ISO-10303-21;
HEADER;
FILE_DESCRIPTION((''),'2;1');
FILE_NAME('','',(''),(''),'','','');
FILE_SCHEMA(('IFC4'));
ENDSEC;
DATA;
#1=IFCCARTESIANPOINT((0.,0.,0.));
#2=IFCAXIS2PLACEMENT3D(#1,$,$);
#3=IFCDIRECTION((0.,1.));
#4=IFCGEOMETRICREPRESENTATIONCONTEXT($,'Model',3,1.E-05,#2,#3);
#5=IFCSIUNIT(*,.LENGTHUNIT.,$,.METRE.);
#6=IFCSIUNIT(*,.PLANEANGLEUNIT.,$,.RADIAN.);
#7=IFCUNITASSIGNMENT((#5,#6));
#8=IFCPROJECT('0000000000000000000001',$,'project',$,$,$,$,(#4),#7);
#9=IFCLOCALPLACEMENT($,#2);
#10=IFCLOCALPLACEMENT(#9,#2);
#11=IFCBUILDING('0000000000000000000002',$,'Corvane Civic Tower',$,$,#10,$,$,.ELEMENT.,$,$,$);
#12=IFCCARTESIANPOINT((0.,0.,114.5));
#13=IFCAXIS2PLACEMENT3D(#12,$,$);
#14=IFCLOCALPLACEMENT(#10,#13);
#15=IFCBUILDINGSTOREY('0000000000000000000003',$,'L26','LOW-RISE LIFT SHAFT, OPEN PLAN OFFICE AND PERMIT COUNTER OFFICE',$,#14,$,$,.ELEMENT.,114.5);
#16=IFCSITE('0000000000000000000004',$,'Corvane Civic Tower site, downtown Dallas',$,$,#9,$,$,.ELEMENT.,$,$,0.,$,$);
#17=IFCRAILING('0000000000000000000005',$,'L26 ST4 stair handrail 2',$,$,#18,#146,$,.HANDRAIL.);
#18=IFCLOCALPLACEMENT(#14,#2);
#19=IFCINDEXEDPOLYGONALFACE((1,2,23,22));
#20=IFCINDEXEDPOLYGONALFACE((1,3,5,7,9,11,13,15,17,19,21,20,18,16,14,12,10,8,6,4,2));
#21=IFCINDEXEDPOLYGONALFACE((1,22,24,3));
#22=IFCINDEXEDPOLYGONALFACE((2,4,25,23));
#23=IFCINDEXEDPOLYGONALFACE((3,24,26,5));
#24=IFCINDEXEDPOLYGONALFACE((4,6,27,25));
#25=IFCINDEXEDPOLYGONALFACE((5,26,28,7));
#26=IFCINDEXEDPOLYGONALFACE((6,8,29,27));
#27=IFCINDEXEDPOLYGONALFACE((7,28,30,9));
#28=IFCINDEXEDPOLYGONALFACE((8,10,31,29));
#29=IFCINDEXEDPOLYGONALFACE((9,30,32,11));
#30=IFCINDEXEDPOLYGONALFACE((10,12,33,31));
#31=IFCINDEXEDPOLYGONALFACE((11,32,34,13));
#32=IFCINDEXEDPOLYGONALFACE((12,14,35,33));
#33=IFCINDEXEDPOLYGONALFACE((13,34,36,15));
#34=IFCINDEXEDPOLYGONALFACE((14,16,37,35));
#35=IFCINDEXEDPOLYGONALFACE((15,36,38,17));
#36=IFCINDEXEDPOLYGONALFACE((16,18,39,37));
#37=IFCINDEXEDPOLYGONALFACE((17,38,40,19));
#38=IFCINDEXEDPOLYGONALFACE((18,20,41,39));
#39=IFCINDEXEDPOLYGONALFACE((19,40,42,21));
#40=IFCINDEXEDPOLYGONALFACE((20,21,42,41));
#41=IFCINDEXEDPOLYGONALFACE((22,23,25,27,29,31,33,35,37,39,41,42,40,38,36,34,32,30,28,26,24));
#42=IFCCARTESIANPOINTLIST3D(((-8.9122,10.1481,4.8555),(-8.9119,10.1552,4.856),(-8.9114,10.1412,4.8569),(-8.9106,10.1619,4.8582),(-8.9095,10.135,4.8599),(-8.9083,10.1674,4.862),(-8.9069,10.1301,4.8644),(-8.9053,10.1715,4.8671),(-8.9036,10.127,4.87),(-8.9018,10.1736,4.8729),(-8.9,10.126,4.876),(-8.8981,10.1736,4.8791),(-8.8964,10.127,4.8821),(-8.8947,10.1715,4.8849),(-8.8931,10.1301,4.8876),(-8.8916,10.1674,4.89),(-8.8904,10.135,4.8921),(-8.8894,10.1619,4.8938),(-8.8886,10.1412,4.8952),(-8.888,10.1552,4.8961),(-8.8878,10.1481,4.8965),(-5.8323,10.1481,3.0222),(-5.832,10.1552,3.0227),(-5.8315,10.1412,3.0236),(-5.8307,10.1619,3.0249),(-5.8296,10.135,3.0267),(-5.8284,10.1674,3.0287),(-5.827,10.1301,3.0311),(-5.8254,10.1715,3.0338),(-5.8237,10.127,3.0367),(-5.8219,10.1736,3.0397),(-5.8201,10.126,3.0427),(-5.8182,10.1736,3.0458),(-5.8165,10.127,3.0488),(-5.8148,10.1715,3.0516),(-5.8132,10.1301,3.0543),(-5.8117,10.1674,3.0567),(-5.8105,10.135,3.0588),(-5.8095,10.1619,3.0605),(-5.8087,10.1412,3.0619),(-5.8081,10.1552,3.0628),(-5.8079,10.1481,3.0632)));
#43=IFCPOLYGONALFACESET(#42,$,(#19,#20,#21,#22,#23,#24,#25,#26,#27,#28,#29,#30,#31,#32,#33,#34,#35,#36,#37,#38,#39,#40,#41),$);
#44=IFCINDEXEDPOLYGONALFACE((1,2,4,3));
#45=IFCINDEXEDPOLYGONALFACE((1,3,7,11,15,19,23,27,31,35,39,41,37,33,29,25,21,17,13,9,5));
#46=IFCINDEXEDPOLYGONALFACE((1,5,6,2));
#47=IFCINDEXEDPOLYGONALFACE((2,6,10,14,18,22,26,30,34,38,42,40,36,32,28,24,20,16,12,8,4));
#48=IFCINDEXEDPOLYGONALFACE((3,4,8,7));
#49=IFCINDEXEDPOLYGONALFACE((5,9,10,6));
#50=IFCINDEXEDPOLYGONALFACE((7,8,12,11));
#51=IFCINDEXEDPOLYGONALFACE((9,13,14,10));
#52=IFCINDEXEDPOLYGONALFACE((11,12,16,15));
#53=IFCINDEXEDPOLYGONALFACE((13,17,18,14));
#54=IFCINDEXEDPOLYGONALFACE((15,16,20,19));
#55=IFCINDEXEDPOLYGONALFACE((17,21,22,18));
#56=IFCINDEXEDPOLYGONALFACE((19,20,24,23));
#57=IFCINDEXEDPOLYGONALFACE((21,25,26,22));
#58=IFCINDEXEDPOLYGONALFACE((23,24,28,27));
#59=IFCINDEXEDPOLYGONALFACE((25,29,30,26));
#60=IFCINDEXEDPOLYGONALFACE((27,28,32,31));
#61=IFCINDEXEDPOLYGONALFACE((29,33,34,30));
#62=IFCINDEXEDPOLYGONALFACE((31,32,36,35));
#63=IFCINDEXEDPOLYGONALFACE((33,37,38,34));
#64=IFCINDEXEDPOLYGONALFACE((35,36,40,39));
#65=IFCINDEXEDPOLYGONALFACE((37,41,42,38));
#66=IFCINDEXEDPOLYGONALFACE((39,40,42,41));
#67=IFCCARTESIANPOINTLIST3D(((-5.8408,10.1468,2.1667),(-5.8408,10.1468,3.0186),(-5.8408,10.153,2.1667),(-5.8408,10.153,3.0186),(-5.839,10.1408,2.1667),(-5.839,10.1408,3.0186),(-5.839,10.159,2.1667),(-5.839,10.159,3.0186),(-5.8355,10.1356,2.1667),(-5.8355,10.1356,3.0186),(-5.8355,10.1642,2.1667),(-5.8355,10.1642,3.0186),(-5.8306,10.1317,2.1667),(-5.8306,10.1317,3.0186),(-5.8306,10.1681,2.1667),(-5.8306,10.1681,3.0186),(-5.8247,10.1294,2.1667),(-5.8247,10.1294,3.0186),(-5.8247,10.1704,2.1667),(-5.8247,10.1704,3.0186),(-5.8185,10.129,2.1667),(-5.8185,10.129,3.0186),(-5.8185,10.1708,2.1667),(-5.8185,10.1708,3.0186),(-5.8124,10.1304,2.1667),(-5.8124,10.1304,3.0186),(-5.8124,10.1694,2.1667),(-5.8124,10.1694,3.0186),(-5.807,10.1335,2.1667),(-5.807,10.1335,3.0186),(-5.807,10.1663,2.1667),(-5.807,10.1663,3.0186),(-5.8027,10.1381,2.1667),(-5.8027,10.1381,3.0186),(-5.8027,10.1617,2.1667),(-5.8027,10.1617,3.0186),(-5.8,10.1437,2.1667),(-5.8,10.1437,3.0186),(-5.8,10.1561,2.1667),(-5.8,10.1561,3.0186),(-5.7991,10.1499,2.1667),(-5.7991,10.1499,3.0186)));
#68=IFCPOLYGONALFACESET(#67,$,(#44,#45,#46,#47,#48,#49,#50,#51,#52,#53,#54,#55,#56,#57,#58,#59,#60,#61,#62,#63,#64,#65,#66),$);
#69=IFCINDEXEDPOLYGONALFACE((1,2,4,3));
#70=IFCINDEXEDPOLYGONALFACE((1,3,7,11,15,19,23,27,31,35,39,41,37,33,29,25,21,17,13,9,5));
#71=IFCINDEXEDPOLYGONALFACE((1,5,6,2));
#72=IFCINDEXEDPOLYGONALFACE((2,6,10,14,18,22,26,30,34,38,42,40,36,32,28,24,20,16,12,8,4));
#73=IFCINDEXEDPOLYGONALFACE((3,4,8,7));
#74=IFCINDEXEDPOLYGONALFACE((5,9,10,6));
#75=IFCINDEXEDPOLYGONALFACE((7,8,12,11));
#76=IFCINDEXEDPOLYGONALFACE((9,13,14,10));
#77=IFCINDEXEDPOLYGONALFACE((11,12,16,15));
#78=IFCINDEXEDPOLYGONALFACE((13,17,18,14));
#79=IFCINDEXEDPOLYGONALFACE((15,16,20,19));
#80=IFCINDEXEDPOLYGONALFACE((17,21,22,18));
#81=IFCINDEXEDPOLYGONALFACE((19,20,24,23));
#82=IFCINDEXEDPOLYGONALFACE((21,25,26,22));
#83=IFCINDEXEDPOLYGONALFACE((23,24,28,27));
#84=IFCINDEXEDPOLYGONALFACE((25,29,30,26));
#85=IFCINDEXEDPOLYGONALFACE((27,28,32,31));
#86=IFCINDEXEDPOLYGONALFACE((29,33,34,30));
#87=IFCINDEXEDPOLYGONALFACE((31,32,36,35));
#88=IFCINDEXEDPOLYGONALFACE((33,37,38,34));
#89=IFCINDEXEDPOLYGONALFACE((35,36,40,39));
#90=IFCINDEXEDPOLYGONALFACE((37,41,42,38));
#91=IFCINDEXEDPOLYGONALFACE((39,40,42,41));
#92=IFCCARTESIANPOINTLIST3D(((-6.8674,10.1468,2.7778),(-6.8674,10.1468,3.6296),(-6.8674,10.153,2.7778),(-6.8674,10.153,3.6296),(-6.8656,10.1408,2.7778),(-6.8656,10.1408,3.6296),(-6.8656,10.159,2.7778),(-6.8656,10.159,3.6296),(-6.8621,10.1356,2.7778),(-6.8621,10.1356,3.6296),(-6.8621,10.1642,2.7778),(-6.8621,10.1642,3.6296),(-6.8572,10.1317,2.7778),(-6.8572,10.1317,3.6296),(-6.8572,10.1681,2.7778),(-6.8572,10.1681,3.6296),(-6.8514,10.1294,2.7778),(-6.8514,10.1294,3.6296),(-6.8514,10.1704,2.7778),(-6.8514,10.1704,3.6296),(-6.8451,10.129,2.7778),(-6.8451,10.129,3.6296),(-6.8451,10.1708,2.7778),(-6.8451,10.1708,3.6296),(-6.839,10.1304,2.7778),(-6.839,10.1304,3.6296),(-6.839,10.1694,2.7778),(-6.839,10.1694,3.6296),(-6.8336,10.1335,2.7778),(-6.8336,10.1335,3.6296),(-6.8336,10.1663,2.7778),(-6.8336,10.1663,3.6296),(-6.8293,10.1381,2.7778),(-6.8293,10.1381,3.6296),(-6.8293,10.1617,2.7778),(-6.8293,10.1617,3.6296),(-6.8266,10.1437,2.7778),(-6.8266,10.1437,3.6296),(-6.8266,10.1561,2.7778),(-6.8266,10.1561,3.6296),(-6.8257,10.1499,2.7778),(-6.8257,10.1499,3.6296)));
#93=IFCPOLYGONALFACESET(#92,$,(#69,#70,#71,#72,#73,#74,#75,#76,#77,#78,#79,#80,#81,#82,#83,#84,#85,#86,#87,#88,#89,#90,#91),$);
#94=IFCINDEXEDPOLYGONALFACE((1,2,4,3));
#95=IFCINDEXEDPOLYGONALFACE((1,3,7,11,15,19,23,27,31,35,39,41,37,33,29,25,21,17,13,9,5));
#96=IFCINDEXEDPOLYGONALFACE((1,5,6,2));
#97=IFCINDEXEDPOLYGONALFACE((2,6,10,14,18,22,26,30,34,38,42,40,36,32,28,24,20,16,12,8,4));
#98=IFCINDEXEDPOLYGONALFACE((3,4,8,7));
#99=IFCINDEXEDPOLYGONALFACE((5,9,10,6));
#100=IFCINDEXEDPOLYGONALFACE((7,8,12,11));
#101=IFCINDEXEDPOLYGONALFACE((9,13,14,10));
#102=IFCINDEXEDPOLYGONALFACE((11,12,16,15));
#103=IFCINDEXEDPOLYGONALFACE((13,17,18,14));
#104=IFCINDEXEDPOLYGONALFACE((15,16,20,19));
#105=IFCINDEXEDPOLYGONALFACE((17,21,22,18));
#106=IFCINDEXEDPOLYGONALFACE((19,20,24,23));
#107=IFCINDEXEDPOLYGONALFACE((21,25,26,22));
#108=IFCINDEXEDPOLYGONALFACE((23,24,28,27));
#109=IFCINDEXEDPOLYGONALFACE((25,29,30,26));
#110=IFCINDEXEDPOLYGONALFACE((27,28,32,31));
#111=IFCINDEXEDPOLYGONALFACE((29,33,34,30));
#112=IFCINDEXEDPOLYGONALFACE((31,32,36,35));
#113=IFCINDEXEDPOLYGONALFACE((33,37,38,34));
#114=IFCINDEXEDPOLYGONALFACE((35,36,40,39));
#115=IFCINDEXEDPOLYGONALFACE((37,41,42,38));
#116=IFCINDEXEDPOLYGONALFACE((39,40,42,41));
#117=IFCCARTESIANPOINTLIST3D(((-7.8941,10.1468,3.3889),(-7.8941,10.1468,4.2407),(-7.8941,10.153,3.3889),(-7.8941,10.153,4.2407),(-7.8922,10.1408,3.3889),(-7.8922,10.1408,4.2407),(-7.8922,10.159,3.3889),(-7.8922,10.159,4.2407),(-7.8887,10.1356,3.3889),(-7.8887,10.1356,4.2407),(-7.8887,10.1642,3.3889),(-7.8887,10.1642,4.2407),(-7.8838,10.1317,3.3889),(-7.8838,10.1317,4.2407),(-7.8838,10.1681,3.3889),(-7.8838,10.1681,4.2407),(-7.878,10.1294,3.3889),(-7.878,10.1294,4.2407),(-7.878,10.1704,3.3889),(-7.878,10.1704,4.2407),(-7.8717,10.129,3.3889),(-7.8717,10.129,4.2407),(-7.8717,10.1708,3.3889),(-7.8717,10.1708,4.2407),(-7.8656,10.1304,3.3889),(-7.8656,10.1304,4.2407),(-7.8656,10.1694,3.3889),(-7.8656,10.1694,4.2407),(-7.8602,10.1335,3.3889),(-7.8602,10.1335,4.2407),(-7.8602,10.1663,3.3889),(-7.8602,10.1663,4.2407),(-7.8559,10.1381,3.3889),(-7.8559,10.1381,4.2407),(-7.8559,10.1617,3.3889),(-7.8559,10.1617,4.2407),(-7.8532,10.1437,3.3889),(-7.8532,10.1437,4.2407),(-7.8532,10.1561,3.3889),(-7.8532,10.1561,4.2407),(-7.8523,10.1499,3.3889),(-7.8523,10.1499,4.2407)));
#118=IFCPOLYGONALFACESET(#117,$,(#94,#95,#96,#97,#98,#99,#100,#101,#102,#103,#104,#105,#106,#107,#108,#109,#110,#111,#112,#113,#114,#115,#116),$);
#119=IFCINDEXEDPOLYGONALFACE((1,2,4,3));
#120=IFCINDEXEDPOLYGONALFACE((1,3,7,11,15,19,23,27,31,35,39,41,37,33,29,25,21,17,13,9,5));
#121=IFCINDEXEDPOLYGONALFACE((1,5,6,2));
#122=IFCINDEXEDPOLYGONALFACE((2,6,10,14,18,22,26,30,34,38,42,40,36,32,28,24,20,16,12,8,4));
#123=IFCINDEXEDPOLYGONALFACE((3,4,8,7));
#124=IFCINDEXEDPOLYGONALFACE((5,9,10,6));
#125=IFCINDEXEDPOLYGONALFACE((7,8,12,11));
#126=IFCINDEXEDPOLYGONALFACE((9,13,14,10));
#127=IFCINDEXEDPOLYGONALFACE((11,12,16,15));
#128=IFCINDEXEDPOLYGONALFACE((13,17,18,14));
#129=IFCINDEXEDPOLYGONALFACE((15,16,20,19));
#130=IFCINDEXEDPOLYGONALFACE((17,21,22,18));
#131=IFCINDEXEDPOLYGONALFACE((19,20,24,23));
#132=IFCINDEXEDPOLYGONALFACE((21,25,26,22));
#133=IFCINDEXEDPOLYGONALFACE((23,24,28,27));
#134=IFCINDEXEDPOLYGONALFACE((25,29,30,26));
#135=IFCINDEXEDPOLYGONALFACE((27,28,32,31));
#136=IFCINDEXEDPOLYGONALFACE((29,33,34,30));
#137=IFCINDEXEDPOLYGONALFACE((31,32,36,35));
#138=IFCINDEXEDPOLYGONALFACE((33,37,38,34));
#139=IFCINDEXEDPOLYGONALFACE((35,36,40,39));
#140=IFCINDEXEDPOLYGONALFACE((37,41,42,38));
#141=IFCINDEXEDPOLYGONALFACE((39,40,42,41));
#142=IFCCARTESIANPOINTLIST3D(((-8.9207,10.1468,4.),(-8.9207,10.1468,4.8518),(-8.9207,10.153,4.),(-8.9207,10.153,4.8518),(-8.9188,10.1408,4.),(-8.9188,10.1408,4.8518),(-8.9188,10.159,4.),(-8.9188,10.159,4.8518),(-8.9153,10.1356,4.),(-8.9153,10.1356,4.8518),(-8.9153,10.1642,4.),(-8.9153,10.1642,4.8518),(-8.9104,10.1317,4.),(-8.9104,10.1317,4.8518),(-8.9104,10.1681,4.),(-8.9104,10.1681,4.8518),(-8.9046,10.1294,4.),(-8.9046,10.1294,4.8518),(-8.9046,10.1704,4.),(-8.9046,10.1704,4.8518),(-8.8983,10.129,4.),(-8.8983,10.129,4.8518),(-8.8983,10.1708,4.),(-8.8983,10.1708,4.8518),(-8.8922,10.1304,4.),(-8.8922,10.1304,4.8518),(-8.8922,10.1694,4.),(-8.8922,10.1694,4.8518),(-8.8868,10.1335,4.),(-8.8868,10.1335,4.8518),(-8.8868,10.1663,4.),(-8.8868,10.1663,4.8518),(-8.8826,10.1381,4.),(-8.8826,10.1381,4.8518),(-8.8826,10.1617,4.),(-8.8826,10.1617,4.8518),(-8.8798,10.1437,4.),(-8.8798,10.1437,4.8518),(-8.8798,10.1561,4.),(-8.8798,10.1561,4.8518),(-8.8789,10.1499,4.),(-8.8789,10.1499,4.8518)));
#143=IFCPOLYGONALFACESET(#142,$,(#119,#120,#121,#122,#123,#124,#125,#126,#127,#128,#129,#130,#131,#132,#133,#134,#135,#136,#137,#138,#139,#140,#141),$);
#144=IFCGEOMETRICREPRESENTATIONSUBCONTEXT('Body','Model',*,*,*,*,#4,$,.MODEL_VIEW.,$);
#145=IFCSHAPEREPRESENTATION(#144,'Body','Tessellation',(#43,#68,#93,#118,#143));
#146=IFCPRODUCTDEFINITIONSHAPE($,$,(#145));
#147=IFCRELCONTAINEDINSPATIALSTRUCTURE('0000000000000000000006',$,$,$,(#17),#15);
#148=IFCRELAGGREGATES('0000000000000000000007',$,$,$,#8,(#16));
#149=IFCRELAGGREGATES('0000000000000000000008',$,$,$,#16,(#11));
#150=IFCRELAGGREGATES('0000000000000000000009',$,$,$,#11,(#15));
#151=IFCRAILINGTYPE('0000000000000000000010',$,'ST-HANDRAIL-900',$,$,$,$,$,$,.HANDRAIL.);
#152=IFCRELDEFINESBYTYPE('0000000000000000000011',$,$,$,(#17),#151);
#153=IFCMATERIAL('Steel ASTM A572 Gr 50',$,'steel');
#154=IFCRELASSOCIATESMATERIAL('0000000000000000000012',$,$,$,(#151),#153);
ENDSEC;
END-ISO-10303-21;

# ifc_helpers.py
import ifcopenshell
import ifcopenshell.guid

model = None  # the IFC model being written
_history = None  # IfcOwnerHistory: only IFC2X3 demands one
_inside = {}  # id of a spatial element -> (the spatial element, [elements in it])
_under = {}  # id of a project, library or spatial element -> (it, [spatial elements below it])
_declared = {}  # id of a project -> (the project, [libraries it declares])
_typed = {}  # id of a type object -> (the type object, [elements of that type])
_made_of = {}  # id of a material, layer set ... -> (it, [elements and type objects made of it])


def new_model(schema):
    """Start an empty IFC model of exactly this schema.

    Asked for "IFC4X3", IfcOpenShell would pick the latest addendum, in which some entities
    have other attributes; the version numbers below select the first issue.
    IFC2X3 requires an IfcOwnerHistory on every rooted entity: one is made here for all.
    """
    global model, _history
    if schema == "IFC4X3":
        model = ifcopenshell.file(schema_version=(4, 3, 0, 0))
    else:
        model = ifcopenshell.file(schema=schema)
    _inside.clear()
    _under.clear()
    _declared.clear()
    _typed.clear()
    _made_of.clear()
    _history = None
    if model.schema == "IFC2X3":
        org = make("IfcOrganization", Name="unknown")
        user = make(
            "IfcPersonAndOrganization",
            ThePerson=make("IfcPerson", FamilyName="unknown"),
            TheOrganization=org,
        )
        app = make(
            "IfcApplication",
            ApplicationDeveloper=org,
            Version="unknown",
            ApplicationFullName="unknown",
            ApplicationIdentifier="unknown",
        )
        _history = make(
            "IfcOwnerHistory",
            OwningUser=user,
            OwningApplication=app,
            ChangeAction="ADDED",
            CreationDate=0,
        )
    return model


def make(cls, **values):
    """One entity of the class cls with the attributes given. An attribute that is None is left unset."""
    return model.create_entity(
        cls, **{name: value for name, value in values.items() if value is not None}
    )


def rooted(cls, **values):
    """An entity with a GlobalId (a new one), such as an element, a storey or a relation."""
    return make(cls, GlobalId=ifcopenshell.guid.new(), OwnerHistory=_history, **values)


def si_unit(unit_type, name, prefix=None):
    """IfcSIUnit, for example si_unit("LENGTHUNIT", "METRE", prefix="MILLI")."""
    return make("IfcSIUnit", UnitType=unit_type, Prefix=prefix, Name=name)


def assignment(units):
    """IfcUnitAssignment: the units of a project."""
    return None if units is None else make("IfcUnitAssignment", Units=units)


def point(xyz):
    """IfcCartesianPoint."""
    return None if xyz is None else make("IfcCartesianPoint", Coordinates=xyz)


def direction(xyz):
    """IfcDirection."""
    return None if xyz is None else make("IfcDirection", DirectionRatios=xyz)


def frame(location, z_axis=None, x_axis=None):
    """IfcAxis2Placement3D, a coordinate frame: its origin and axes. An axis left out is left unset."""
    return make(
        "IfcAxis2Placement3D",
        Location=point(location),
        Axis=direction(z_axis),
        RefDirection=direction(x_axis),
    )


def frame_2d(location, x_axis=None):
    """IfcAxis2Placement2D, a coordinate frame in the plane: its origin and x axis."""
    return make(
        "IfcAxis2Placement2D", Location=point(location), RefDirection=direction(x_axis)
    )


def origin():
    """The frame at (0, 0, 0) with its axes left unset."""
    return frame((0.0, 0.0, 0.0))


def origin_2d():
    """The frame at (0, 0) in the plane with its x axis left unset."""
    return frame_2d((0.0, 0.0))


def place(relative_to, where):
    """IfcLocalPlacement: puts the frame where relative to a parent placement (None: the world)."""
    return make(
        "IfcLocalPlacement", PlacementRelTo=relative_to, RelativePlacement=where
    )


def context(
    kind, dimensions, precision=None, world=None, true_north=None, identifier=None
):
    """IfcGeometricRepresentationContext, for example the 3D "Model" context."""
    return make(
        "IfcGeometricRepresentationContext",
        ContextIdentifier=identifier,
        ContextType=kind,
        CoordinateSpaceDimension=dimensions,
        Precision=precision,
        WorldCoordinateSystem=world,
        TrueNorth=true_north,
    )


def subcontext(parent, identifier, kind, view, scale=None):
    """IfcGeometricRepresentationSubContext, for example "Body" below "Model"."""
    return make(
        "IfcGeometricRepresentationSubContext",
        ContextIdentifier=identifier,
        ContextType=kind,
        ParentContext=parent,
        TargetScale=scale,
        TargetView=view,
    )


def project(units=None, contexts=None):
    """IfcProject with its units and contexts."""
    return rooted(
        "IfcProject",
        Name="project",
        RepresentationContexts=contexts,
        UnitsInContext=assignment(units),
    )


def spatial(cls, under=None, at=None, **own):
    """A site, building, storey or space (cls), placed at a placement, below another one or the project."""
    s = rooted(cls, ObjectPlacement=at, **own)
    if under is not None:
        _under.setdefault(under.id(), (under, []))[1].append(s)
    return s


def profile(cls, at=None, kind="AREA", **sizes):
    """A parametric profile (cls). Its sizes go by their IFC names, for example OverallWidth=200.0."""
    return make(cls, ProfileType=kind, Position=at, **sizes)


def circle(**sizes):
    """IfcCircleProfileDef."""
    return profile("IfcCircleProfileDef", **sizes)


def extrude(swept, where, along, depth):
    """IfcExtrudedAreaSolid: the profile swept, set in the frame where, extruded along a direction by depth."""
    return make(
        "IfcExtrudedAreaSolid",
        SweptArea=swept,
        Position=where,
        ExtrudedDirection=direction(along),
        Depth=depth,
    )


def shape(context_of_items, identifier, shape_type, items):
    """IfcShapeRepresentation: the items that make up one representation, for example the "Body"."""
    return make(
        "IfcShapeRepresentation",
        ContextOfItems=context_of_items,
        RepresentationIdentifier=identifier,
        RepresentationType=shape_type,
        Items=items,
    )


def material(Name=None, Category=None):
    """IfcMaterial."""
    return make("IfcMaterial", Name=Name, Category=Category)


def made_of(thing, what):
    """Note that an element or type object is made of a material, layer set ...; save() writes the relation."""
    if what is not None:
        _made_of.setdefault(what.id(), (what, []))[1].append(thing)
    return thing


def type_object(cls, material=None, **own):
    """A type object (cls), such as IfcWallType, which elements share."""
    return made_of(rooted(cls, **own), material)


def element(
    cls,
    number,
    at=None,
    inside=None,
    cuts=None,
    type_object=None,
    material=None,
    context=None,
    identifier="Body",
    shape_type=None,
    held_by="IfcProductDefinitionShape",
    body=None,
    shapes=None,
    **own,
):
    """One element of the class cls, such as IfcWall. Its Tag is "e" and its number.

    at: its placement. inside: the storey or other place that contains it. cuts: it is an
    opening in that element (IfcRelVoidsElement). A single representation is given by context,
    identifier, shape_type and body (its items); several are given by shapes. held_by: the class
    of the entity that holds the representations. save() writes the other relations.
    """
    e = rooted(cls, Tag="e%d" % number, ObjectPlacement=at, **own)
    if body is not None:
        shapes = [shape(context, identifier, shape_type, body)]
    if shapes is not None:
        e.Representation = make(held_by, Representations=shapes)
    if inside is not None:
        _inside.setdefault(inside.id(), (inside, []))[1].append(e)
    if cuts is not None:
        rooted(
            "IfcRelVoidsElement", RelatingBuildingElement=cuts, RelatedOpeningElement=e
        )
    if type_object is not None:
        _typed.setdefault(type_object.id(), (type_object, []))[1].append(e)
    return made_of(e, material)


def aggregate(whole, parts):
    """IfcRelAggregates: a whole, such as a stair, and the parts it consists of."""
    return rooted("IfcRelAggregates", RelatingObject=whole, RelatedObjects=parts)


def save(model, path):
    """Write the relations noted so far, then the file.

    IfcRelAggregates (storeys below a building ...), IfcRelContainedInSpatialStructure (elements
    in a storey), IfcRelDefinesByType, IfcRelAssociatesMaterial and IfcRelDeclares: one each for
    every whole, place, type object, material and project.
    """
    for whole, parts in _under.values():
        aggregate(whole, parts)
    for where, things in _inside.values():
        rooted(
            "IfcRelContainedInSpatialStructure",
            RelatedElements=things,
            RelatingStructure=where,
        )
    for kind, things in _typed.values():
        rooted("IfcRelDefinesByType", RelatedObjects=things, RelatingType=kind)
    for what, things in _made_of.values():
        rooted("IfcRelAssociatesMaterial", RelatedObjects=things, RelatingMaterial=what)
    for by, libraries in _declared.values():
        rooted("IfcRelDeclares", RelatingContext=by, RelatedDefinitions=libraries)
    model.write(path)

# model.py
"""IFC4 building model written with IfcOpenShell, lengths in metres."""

from ifc_helpers import new_model, si_unit, direction, frame, origin, origin_2d, place, context, subcontext, project, spatial, circle, extrude, material, type_object, element, save


model = new_model("IFC4")

# Units and contexts
model_context = context("Model", 3, precision=1e-05, world=origin(), true_north=direction((0.0, 1.0)))
body_context = subcontext(model_context, "Body", "Model", "MODEL_VIEW")
ifc_project = project(units=[si_unit("LENGTHUNIT", "METRE"), si_unit("PLANEANGLEUNIT", "RADIAN")], contexts=[model_context])

# Site, building, storey
site_placement = place(None, origin())
site = spatial("IfcSite", under=ifc_project, at=site_placement, Name="Corvane Civic Tower site, downtown Dallas", CompositionType="ELEMENT", RefElevation=0.0)
building_placement = place(site_placement, origin())
building = spatial("IfcBuilding", under=site, at=building_placement, Name="Corvane Civic Tower", CompositionType="ELEMENT")
storey_placement = place(building_placement, frame((0.0, 0.0, 114.5)))
storey = spatial("IfcBuildingStorey", under=building, at=storey_placement, Name="L26", Description="LOW-RISE LIFT SHAFT, OPEN PLAN OFFICE AND PERMIT COUNTER OFFICE", CompositionType="ELEMENT", Elevation=114.5)

# Railing
ifc_material_1 = material(Name="Steel ASTM A572 Gr 50", Category="steel")
railing_type = type_object("IfcRailingType", Name="ST-HANDRAIL-900", PredefinedType="HANDRAIL", material=ifc_material_1)
railing_placement = place(storey_placement, frame((-5.8201, 10.1499, 2.1667)))
element("IfcRailing", 1, at=railing_placement, inside=storey, type_object=railing_type, Name="L26 ST4 stair handrail 2", PredefinedType="HANDRAIL", context=body_context, shape_type="SweptSolid", body=[
    extrude(circle(Radius=0.0239, at=origin_2d()), frame((0.0, 0.0, 0.876), z_axis=(-0.859291, 0.0, 0.511487), x_axis=(0.0, -1.0, 0.0)), (0.0, 0.0, 1.0), 3.5842),
    extrude(circle(Radius=0.021, at=origin_2d()), origin(), (0.0, 0.0, 1.0), 0.8518),
    extrude(circle(Radius=0.021, at=origin_2d()), frame((-1.0266, 0.0, 0.6111)), (0.0, 0.0, 1.0), 0.8518),
    extrude(circle(Radius=0.021, at=origin_2d()), frame((-2.0532, 0.0, 1.2222)), (0.0, 0.0, 1.0), 0.8518),
    extrude(circle(Radius=0.021, at=origin_2d()), frame((-3.0798, 0.0, 1.8333)), (0.0, 0.0, 1.0), 0.8518),
])

save(model, "model.ifc")
